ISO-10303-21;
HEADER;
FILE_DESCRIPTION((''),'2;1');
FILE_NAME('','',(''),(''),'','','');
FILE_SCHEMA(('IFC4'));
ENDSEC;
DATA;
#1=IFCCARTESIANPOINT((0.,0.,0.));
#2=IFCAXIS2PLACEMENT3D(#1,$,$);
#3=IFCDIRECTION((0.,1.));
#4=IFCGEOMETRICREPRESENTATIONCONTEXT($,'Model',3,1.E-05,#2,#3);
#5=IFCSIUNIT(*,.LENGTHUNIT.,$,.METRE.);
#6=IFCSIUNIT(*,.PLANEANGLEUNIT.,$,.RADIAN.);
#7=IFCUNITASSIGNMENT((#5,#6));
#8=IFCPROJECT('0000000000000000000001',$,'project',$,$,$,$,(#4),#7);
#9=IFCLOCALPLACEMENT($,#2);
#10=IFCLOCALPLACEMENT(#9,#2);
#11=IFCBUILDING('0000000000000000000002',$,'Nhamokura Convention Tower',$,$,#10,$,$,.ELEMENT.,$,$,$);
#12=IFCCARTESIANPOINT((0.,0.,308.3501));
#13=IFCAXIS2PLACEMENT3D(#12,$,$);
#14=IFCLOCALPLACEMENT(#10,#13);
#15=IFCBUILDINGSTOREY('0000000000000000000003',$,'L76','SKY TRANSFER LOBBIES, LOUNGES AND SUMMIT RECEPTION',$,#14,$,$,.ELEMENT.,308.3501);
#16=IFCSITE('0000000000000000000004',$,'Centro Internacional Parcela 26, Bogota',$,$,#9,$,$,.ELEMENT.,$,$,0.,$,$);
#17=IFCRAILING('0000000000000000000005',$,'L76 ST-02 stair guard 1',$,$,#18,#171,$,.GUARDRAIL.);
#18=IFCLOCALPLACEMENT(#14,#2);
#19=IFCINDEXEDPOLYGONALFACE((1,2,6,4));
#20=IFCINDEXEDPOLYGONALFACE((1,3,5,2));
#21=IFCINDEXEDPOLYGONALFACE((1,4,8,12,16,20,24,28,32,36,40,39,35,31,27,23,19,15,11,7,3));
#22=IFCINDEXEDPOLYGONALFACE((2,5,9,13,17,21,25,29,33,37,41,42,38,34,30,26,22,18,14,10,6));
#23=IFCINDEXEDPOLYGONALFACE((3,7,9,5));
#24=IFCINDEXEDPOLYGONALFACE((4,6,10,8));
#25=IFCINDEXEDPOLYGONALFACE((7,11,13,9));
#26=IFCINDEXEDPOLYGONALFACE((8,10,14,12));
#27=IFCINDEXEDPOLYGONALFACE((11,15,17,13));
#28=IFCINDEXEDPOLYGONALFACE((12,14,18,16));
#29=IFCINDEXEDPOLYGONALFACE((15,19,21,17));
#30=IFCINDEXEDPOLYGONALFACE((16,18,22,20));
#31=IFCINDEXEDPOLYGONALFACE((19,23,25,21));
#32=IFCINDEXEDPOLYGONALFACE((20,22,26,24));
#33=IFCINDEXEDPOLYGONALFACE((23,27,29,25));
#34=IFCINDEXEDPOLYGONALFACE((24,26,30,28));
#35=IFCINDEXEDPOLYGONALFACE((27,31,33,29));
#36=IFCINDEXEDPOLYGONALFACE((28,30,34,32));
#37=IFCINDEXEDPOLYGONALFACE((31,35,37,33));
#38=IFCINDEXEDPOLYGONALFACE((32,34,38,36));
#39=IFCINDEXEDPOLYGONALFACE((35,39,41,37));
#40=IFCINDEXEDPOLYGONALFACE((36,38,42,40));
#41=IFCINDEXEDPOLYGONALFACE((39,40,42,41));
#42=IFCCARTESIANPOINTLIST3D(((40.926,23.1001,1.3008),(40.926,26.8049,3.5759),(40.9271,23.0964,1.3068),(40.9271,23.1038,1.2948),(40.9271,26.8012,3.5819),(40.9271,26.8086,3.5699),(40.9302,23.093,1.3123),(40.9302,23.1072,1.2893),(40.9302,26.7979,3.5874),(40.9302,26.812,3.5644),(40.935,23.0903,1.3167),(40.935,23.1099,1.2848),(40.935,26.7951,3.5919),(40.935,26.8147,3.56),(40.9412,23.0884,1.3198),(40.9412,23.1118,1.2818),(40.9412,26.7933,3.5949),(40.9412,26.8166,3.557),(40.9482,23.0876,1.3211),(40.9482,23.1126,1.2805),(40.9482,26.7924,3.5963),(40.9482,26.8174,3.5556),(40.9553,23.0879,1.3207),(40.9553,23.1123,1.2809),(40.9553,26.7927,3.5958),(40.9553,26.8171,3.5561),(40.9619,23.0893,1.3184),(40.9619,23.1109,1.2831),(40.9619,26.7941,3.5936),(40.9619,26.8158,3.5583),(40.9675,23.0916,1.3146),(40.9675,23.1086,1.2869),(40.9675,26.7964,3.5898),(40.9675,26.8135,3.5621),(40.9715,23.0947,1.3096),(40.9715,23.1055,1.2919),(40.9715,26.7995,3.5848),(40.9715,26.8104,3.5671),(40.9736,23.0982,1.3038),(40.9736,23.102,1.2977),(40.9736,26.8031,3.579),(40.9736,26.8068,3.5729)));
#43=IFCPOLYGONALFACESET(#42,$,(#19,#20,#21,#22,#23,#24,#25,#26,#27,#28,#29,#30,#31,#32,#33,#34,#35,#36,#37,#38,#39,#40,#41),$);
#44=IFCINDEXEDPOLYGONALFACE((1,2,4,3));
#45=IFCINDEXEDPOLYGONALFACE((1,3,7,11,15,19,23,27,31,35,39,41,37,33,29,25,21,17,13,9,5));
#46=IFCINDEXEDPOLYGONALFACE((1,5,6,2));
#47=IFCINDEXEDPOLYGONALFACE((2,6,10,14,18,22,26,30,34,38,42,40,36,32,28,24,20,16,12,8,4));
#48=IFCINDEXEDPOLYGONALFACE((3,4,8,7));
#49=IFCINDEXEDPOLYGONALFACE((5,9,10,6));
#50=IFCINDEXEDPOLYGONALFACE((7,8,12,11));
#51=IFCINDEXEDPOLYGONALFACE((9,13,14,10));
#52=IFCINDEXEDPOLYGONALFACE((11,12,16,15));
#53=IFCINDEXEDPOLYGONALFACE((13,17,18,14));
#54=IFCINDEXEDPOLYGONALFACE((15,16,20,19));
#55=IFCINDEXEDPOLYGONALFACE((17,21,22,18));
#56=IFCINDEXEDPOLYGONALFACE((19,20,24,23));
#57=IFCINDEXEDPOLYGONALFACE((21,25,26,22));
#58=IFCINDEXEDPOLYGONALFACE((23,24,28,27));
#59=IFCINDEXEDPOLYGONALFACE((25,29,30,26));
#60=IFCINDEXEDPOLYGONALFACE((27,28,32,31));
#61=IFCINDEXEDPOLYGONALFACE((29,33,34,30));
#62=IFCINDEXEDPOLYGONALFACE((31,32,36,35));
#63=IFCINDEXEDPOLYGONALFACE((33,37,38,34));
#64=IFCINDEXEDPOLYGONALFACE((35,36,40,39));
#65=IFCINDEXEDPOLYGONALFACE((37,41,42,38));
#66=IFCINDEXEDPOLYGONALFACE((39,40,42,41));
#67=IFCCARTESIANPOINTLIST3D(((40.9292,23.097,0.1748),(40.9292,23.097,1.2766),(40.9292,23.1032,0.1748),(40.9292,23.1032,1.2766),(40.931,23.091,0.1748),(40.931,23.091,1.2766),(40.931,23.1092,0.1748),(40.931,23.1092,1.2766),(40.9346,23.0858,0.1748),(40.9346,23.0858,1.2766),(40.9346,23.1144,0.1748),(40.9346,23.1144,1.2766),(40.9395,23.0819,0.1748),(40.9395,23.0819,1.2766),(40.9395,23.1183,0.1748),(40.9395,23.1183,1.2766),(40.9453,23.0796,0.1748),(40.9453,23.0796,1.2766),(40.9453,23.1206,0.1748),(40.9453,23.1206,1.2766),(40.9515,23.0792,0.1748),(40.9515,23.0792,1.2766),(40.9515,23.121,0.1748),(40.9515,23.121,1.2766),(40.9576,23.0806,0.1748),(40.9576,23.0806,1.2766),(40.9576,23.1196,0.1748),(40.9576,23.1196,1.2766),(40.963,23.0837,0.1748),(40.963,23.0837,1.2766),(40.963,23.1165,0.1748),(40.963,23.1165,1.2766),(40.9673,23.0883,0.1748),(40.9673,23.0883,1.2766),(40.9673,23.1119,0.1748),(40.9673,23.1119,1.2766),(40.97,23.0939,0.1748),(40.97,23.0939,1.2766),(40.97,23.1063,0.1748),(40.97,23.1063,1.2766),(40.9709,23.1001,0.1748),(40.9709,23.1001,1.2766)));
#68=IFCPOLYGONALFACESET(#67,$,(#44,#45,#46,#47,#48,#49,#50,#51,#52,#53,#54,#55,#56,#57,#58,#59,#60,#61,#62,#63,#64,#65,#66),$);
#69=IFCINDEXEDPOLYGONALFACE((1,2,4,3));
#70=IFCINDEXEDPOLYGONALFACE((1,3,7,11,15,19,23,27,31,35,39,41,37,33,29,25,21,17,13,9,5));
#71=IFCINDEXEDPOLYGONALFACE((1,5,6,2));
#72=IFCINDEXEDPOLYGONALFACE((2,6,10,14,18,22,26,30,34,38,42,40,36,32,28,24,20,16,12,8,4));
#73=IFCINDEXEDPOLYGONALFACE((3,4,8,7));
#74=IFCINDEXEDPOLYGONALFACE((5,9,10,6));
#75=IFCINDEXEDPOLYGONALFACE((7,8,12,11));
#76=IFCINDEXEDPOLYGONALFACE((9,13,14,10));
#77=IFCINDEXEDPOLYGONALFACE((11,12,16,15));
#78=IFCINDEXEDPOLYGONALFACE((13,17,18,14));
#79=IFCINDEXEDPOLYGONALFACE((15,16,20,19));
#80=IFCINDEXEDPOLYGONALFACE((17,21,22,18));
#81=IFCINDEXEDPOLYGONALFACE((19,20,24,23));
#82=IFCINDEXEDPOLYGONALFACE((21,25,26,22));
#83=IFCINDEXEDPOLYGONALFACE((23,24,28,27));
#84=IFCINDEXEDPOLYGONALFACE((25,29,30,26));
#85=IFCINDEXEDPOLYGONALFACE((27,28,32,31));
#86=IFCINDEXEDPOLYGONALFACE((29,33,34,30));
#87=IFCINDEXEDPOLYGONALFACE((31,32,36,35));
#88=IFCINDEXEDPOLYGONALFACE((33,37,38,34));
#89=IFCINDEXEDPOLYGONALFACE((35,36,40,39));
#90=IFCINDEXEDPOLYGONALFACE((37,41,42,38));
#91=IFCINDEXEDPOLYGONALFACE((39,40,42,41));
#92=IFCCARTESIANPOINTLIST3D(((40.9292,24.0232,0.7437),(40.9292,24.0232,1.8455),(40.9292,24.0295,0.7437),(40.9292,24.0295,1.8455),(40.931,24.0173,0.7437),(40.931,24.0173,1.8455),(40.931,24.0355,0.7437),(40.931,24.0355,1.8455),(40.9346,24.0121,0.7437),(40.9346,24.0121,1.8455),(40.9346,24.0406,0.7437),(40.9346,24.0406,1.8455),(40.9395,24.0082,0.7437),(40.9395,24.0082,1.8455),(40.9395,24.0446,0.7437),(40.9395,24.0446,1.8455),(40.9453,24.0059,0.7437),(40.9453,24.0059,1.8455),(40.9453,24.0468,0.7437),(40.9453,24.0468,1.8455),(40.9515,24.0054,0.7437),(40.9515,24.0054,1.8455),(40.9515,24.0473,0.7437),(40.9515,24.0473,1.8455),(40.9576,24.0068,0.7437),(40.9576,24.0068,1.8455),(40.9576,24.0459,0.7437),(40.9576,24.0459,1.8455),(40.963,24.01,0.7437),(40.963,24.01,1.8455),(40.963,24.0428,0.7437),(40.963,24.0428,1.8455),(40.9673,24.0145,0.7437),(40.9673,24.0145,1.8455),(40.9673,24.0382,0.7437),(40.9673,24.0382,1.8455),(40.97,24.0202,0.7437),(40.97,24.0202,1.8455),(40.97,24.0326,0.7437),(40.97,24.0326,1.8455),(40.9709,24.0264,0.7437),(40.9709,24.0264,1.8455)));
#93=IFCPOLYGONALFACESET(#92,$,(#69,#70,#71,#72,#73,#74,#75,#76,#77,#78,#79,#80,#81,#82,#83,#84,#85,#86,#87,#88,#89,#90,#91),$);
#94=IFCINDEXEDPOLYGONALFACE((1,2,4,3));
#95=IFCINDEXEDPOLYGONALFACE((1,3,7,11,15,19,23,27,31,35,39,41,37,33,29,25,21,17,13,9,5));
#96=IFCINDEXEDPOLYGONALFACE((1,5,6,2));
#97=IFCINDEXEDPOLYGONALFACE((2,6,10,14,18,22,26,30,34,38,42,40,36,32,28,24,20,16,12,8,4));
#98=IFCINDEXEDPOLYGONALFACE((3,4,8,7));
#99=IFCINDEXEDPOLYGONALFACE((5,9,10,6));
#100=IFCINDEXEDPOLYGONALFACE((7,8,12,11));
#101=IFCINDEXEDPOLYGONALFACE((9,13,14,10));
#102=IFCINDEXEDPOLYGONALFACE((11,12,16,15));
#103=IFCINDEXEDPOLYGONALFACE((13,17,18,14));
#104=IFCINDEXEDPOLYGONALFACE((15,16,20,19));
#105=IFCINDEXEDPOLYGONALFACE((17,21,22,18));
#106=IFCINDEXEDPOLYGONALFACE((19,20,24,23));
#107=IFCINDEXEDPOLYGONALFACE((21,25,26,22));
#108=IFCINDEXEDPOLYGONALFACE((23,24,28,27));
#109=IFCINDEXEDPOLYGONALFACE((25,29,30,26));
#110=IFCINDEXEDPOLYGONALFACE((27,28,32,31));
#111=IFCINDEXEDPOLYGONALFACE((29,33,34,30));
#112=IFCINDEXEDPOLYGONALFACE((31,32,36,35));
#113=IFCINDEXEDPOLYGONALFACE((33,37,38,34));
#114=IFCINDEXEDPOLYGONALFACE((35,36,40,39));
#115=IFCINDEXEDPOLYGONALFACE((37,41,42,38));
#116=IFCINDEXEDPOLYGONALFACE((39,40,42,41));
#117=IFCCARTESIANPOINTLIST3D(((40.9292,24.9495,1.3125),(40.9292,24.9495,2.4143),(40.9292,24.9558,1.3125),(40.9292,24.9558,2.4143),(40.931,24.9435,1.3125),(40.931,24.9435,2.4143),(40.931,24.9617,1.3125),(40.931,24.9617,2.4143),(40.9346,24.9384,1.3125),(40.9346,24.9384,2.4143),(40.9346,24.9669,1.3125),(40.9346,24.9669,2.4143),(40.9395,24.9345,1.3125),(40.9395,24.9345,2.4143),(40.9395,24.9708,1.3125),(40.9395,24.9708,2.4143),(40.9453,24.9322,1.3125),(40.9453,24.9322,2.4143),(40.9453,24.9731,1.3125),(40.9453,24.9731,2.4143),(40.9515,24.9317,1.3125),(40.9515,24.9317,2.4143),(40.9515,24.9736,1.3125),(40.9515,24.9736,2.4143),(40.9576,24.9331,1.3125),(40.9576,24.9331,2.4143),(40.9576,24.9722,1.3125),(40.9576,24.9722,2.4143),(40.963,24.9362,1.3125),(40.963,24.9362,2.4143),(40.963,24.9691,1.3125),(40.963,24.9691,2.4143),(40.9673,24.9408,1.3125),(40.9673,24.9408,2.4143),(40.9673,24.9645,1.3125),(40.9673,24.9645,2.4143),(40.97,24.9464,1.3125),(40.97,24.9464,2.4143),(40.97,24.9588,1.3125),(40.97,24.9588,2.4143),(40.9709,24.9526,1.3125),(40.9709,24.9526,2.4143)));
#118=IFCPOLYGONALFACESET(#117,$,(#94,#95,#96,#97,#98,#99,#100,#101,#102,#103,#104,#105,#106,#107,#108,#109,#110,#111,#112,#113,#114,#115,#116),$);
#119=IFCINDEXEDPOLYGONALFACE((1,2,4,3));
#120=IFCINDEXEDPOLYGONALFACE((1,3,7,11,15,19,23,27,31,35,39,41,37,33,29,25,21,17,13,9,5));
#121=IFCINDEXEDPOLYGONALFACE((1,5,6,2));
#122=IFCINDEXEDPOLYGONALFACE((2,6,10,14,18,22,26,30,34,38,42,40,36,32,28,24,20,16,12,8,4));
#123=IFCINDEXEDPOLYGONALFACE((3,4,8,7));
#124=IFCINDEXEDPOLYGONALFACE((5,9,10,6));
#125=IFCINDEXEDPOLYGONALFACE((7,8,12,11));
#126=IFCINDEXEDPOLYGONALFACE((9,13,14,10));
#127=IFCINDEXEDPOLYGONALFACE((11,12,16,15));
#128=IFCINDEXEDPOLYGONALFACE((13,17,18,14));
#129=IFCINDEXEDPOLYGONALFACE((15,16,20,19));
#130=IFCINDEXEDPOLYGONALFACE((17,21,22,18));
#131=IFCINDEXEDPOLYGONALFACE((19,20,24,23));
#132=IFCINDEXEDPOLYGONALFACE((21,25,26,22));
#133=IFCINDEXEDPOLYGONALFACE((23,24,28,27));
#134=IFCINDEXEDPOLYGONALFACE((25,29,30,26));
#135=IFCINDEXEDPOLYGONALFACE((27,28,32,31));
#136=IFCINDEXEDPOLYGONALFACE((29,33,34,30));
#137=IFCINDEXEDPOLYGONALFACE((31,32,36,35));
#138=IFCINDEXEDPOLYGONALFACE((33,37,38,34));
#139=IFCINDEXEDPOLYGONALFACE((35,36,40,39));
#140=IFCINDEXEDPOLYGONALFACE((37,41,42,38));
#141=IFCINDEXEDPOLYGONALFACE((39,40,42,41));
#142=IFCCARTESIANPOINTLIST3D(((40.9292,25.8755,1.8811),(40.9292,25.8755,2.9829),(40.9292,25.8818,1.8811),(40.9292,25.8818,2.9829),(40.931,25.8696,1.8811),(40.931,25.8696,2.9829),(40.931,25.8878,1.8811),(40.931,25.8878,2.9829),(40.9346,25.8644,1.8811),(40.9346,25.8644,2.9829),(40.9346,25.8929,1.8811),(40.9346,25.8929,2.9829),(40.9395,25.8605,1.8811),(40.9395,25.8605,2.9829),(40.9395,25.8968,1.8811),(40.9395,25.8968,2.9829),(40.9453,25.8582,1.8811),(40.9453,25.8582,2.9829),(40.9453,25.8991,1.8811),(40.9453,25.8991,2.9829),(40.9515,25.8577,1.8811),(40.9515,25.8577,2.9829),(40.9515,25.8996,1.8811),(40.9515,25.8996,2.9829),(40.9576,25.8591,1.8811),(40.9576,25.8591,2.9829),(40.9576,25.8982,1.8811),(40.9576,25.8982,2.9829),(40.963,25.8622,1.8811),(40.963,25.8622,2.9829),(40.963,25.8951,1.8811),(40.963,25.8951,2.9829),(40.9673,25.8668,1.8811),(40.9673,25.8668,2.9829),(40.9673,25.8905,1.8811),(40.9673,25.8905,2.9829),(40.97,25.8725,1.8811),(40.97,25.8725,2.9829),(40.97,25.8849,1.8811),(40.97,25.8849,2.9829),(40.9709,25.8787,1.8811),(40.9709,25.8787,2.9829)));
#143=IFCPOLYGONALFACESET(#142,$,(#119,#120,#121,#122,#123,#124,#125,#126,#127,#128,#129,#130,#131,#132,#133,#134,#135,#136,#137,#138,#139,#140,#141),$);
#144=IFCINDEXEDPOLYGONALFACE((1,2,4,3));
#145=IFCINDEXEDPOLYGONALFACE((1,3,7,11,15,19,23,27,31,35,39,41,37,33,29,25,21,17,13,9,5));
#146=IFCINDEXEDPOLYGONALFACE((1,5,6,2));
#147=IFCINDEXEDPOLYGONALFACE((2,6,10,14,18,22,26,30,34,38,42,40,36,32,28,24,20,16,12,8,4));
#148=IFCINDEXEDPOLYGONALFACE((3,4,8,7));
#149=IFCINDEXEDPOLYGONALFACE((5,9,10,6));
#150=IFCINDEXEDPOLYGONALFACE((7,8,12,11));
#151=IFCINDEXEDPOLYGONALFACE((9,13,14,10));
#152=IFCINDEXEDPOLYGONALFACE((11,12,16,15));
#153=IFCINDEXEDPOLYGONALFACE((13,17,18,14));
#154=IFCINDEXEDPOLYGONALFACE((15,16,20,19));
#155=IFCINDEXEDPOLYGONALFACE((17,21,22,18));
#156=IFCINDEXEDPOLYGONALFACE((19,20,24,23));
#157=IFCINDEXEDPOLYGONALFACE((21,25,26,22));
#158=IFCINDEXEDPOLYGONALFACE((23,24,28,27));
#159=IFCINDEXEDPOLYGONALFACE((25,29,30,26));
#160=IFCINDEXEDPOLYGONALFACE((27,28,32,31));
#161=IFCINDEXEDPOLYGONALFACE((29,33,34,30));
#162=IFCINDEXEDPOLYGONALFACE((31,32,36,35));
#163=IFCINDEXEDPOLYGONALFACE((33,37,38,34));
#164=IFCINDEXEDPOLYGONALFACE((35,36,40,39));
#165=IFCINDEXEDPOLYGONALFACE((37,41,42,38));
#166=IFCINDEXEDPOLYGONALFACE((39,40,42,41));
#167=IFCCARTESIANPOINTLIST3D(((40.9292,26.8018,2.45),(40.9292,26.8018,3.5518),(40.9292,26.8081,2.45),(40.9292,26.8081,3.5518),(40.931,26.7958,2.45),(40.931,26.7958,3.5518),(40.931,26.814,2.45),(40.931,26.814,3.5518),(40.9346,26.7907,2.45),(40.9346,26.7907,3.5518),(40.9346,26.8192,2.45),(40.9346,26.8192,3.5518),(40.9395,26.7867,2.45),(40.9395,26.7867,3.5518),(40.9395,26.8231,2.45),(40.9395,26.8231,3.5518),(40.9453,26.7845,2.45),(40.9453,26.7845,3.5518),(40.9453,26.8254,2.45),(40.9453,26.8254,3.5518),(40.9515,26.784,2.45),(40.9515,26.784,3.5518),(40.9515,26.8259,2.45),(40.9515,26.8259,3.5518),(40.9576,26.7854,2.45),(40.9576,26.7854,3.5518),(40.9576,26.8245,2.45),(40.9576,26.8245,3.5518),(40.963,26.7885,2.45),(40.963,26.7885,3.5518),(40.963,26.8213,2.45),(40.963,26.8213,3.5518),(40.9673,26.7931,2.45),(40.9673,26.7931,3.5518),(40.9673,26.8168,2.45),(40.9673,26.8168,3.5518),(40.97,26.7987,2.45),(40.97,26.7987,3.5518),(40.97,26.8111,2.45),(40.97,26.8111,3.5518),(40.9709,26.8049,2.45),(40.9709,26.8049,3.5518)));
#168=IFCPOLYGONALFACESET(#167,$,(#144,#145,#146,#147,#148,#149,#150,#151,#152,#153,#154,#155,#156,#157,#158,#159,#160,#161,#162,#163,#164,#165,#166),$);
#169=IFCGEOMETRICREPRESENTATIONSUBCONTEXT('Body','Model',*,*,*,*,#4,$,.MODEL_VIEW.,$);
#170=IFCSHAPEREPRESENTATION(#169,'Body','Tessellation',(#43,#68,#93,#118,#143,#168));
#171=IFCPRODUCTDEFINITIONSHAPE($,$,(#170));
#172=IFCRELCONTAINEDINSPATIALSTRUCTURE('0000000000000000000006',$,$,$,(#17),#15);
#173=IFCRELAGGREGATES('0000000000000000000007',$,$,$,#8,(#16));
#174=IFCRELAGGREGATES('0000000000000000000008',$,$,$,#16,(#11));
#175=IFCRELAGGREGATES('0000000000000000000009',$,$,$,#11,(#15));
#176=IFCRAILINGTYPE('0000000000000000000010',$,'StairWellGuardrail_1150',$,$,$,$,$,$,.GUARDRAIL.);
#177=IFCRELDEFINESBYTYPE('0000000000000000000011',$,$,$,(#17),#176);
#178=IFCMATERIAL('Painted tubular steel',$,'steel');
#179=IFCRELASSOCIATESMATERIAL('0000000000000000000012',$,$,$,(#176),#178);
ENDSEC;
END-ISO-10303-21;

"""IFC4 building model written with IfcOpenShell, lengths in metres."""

from ifc_helpers import new_model, si_unit, direction, frame, origin, origin_2d, place, context, subcontext, project, spatial, circle, extrude, material, type_object, element, save


model = new_model("IFC4")

# Units and contexts
model_context = context("Model", 3, precision=1e-05, world=origin(), true_north=direction((0.0, 1.0)))
body_context = subcontext(model_context, "Body", "Model", "MODEL_VIEW")
ifc_project = project(units=[si_unit("LENGTHUNIT", "METRE"), si_unit("PLANEANGLEUNIT", "RADIAN")], contexts=[model_context])

# Site, building, storey
site_placement = place(None, origin())
site = spatial("IfcSite", under=ifc_project, at=site_placement, Name="Centro Internacional Parcela 26, Bogota", CompositionType="ELEMENT", RefElevation=0.0)
building_placement = place(site_placement, origin())
building = spatial("IfcBuilding", under=site, at=building_placement, Name="Nhamokura Convention Tower", CompositionType="ELEMENT")
storey_placement = place(building_placement, frame((0.0, 0.0, 308.3501)))
storey = spatial("IfcBuildingStorey", under=building, at=storey_placement, Name="L76", Description="SKY TRANSFER LOBBIES, LOUNGES AND SUMMIT RECEPTION", CompositionType="ELEMENT", Elevation=308.3501)

# Railing
ifc_material_1 = material(Name="Painted tubular steel", Category="steel")
railing_type_1 = type_object("IfcRailingType", Name="StairWellGuardrail_1150", PredefinedType="GUARDRAIL", material=ifc_material_1)
railing_1_placement = place(storey_placement, frame((40.95, 23.1001, 0.1748)))
element("IfcRailing", 1, at=railing_1_placement, inside=storey, type_object=railing_type_1, Name="L76 ST-02 stair guard 1", PredefinedType="GUARDRAIL", context=body_context, shape_type="SweptSolid", body=[
    extrude(circle(Radius=0.0239, at=origin_2d()), frame((0.0, 0.0, 1.126), z_axis=(0.0, 0.852146, 0.523305), x_axis=(-1.0, 0.0, 0.0)), (0.0, 0.0, 1.0), 4.3477),
    extrude(circle(Radius=0.021, at=origin_2d()), origin(), (0.0, 0.0, 1.0), 1.1018),
    extrude(circle(Radius=0.021, at=origin_2d()), frame((0.0, 0.9263, 0.5688)), (0.0, 0.0, 1.0), 1.1018),
    extrude(circle(Radius=0.021, at=origin_2d()), frame((0.0, 1.8525, 1.1377)), (0.0, 0.0, 1.0), 1.1018),
    extrude(circle(Radius=0.021, at=origin_2d()), frame((0.0, 2.7786, 1.7063)), (0.0, 0.0, 1.0), 1.1018),
    extrude(circle(Radius=0.021, at=origin_2d()), frame((0.0, 3.7048, 2.2751)), (0.0, 0.0, 1.0), 1.1018),
])

save(model, "model.ifc")
